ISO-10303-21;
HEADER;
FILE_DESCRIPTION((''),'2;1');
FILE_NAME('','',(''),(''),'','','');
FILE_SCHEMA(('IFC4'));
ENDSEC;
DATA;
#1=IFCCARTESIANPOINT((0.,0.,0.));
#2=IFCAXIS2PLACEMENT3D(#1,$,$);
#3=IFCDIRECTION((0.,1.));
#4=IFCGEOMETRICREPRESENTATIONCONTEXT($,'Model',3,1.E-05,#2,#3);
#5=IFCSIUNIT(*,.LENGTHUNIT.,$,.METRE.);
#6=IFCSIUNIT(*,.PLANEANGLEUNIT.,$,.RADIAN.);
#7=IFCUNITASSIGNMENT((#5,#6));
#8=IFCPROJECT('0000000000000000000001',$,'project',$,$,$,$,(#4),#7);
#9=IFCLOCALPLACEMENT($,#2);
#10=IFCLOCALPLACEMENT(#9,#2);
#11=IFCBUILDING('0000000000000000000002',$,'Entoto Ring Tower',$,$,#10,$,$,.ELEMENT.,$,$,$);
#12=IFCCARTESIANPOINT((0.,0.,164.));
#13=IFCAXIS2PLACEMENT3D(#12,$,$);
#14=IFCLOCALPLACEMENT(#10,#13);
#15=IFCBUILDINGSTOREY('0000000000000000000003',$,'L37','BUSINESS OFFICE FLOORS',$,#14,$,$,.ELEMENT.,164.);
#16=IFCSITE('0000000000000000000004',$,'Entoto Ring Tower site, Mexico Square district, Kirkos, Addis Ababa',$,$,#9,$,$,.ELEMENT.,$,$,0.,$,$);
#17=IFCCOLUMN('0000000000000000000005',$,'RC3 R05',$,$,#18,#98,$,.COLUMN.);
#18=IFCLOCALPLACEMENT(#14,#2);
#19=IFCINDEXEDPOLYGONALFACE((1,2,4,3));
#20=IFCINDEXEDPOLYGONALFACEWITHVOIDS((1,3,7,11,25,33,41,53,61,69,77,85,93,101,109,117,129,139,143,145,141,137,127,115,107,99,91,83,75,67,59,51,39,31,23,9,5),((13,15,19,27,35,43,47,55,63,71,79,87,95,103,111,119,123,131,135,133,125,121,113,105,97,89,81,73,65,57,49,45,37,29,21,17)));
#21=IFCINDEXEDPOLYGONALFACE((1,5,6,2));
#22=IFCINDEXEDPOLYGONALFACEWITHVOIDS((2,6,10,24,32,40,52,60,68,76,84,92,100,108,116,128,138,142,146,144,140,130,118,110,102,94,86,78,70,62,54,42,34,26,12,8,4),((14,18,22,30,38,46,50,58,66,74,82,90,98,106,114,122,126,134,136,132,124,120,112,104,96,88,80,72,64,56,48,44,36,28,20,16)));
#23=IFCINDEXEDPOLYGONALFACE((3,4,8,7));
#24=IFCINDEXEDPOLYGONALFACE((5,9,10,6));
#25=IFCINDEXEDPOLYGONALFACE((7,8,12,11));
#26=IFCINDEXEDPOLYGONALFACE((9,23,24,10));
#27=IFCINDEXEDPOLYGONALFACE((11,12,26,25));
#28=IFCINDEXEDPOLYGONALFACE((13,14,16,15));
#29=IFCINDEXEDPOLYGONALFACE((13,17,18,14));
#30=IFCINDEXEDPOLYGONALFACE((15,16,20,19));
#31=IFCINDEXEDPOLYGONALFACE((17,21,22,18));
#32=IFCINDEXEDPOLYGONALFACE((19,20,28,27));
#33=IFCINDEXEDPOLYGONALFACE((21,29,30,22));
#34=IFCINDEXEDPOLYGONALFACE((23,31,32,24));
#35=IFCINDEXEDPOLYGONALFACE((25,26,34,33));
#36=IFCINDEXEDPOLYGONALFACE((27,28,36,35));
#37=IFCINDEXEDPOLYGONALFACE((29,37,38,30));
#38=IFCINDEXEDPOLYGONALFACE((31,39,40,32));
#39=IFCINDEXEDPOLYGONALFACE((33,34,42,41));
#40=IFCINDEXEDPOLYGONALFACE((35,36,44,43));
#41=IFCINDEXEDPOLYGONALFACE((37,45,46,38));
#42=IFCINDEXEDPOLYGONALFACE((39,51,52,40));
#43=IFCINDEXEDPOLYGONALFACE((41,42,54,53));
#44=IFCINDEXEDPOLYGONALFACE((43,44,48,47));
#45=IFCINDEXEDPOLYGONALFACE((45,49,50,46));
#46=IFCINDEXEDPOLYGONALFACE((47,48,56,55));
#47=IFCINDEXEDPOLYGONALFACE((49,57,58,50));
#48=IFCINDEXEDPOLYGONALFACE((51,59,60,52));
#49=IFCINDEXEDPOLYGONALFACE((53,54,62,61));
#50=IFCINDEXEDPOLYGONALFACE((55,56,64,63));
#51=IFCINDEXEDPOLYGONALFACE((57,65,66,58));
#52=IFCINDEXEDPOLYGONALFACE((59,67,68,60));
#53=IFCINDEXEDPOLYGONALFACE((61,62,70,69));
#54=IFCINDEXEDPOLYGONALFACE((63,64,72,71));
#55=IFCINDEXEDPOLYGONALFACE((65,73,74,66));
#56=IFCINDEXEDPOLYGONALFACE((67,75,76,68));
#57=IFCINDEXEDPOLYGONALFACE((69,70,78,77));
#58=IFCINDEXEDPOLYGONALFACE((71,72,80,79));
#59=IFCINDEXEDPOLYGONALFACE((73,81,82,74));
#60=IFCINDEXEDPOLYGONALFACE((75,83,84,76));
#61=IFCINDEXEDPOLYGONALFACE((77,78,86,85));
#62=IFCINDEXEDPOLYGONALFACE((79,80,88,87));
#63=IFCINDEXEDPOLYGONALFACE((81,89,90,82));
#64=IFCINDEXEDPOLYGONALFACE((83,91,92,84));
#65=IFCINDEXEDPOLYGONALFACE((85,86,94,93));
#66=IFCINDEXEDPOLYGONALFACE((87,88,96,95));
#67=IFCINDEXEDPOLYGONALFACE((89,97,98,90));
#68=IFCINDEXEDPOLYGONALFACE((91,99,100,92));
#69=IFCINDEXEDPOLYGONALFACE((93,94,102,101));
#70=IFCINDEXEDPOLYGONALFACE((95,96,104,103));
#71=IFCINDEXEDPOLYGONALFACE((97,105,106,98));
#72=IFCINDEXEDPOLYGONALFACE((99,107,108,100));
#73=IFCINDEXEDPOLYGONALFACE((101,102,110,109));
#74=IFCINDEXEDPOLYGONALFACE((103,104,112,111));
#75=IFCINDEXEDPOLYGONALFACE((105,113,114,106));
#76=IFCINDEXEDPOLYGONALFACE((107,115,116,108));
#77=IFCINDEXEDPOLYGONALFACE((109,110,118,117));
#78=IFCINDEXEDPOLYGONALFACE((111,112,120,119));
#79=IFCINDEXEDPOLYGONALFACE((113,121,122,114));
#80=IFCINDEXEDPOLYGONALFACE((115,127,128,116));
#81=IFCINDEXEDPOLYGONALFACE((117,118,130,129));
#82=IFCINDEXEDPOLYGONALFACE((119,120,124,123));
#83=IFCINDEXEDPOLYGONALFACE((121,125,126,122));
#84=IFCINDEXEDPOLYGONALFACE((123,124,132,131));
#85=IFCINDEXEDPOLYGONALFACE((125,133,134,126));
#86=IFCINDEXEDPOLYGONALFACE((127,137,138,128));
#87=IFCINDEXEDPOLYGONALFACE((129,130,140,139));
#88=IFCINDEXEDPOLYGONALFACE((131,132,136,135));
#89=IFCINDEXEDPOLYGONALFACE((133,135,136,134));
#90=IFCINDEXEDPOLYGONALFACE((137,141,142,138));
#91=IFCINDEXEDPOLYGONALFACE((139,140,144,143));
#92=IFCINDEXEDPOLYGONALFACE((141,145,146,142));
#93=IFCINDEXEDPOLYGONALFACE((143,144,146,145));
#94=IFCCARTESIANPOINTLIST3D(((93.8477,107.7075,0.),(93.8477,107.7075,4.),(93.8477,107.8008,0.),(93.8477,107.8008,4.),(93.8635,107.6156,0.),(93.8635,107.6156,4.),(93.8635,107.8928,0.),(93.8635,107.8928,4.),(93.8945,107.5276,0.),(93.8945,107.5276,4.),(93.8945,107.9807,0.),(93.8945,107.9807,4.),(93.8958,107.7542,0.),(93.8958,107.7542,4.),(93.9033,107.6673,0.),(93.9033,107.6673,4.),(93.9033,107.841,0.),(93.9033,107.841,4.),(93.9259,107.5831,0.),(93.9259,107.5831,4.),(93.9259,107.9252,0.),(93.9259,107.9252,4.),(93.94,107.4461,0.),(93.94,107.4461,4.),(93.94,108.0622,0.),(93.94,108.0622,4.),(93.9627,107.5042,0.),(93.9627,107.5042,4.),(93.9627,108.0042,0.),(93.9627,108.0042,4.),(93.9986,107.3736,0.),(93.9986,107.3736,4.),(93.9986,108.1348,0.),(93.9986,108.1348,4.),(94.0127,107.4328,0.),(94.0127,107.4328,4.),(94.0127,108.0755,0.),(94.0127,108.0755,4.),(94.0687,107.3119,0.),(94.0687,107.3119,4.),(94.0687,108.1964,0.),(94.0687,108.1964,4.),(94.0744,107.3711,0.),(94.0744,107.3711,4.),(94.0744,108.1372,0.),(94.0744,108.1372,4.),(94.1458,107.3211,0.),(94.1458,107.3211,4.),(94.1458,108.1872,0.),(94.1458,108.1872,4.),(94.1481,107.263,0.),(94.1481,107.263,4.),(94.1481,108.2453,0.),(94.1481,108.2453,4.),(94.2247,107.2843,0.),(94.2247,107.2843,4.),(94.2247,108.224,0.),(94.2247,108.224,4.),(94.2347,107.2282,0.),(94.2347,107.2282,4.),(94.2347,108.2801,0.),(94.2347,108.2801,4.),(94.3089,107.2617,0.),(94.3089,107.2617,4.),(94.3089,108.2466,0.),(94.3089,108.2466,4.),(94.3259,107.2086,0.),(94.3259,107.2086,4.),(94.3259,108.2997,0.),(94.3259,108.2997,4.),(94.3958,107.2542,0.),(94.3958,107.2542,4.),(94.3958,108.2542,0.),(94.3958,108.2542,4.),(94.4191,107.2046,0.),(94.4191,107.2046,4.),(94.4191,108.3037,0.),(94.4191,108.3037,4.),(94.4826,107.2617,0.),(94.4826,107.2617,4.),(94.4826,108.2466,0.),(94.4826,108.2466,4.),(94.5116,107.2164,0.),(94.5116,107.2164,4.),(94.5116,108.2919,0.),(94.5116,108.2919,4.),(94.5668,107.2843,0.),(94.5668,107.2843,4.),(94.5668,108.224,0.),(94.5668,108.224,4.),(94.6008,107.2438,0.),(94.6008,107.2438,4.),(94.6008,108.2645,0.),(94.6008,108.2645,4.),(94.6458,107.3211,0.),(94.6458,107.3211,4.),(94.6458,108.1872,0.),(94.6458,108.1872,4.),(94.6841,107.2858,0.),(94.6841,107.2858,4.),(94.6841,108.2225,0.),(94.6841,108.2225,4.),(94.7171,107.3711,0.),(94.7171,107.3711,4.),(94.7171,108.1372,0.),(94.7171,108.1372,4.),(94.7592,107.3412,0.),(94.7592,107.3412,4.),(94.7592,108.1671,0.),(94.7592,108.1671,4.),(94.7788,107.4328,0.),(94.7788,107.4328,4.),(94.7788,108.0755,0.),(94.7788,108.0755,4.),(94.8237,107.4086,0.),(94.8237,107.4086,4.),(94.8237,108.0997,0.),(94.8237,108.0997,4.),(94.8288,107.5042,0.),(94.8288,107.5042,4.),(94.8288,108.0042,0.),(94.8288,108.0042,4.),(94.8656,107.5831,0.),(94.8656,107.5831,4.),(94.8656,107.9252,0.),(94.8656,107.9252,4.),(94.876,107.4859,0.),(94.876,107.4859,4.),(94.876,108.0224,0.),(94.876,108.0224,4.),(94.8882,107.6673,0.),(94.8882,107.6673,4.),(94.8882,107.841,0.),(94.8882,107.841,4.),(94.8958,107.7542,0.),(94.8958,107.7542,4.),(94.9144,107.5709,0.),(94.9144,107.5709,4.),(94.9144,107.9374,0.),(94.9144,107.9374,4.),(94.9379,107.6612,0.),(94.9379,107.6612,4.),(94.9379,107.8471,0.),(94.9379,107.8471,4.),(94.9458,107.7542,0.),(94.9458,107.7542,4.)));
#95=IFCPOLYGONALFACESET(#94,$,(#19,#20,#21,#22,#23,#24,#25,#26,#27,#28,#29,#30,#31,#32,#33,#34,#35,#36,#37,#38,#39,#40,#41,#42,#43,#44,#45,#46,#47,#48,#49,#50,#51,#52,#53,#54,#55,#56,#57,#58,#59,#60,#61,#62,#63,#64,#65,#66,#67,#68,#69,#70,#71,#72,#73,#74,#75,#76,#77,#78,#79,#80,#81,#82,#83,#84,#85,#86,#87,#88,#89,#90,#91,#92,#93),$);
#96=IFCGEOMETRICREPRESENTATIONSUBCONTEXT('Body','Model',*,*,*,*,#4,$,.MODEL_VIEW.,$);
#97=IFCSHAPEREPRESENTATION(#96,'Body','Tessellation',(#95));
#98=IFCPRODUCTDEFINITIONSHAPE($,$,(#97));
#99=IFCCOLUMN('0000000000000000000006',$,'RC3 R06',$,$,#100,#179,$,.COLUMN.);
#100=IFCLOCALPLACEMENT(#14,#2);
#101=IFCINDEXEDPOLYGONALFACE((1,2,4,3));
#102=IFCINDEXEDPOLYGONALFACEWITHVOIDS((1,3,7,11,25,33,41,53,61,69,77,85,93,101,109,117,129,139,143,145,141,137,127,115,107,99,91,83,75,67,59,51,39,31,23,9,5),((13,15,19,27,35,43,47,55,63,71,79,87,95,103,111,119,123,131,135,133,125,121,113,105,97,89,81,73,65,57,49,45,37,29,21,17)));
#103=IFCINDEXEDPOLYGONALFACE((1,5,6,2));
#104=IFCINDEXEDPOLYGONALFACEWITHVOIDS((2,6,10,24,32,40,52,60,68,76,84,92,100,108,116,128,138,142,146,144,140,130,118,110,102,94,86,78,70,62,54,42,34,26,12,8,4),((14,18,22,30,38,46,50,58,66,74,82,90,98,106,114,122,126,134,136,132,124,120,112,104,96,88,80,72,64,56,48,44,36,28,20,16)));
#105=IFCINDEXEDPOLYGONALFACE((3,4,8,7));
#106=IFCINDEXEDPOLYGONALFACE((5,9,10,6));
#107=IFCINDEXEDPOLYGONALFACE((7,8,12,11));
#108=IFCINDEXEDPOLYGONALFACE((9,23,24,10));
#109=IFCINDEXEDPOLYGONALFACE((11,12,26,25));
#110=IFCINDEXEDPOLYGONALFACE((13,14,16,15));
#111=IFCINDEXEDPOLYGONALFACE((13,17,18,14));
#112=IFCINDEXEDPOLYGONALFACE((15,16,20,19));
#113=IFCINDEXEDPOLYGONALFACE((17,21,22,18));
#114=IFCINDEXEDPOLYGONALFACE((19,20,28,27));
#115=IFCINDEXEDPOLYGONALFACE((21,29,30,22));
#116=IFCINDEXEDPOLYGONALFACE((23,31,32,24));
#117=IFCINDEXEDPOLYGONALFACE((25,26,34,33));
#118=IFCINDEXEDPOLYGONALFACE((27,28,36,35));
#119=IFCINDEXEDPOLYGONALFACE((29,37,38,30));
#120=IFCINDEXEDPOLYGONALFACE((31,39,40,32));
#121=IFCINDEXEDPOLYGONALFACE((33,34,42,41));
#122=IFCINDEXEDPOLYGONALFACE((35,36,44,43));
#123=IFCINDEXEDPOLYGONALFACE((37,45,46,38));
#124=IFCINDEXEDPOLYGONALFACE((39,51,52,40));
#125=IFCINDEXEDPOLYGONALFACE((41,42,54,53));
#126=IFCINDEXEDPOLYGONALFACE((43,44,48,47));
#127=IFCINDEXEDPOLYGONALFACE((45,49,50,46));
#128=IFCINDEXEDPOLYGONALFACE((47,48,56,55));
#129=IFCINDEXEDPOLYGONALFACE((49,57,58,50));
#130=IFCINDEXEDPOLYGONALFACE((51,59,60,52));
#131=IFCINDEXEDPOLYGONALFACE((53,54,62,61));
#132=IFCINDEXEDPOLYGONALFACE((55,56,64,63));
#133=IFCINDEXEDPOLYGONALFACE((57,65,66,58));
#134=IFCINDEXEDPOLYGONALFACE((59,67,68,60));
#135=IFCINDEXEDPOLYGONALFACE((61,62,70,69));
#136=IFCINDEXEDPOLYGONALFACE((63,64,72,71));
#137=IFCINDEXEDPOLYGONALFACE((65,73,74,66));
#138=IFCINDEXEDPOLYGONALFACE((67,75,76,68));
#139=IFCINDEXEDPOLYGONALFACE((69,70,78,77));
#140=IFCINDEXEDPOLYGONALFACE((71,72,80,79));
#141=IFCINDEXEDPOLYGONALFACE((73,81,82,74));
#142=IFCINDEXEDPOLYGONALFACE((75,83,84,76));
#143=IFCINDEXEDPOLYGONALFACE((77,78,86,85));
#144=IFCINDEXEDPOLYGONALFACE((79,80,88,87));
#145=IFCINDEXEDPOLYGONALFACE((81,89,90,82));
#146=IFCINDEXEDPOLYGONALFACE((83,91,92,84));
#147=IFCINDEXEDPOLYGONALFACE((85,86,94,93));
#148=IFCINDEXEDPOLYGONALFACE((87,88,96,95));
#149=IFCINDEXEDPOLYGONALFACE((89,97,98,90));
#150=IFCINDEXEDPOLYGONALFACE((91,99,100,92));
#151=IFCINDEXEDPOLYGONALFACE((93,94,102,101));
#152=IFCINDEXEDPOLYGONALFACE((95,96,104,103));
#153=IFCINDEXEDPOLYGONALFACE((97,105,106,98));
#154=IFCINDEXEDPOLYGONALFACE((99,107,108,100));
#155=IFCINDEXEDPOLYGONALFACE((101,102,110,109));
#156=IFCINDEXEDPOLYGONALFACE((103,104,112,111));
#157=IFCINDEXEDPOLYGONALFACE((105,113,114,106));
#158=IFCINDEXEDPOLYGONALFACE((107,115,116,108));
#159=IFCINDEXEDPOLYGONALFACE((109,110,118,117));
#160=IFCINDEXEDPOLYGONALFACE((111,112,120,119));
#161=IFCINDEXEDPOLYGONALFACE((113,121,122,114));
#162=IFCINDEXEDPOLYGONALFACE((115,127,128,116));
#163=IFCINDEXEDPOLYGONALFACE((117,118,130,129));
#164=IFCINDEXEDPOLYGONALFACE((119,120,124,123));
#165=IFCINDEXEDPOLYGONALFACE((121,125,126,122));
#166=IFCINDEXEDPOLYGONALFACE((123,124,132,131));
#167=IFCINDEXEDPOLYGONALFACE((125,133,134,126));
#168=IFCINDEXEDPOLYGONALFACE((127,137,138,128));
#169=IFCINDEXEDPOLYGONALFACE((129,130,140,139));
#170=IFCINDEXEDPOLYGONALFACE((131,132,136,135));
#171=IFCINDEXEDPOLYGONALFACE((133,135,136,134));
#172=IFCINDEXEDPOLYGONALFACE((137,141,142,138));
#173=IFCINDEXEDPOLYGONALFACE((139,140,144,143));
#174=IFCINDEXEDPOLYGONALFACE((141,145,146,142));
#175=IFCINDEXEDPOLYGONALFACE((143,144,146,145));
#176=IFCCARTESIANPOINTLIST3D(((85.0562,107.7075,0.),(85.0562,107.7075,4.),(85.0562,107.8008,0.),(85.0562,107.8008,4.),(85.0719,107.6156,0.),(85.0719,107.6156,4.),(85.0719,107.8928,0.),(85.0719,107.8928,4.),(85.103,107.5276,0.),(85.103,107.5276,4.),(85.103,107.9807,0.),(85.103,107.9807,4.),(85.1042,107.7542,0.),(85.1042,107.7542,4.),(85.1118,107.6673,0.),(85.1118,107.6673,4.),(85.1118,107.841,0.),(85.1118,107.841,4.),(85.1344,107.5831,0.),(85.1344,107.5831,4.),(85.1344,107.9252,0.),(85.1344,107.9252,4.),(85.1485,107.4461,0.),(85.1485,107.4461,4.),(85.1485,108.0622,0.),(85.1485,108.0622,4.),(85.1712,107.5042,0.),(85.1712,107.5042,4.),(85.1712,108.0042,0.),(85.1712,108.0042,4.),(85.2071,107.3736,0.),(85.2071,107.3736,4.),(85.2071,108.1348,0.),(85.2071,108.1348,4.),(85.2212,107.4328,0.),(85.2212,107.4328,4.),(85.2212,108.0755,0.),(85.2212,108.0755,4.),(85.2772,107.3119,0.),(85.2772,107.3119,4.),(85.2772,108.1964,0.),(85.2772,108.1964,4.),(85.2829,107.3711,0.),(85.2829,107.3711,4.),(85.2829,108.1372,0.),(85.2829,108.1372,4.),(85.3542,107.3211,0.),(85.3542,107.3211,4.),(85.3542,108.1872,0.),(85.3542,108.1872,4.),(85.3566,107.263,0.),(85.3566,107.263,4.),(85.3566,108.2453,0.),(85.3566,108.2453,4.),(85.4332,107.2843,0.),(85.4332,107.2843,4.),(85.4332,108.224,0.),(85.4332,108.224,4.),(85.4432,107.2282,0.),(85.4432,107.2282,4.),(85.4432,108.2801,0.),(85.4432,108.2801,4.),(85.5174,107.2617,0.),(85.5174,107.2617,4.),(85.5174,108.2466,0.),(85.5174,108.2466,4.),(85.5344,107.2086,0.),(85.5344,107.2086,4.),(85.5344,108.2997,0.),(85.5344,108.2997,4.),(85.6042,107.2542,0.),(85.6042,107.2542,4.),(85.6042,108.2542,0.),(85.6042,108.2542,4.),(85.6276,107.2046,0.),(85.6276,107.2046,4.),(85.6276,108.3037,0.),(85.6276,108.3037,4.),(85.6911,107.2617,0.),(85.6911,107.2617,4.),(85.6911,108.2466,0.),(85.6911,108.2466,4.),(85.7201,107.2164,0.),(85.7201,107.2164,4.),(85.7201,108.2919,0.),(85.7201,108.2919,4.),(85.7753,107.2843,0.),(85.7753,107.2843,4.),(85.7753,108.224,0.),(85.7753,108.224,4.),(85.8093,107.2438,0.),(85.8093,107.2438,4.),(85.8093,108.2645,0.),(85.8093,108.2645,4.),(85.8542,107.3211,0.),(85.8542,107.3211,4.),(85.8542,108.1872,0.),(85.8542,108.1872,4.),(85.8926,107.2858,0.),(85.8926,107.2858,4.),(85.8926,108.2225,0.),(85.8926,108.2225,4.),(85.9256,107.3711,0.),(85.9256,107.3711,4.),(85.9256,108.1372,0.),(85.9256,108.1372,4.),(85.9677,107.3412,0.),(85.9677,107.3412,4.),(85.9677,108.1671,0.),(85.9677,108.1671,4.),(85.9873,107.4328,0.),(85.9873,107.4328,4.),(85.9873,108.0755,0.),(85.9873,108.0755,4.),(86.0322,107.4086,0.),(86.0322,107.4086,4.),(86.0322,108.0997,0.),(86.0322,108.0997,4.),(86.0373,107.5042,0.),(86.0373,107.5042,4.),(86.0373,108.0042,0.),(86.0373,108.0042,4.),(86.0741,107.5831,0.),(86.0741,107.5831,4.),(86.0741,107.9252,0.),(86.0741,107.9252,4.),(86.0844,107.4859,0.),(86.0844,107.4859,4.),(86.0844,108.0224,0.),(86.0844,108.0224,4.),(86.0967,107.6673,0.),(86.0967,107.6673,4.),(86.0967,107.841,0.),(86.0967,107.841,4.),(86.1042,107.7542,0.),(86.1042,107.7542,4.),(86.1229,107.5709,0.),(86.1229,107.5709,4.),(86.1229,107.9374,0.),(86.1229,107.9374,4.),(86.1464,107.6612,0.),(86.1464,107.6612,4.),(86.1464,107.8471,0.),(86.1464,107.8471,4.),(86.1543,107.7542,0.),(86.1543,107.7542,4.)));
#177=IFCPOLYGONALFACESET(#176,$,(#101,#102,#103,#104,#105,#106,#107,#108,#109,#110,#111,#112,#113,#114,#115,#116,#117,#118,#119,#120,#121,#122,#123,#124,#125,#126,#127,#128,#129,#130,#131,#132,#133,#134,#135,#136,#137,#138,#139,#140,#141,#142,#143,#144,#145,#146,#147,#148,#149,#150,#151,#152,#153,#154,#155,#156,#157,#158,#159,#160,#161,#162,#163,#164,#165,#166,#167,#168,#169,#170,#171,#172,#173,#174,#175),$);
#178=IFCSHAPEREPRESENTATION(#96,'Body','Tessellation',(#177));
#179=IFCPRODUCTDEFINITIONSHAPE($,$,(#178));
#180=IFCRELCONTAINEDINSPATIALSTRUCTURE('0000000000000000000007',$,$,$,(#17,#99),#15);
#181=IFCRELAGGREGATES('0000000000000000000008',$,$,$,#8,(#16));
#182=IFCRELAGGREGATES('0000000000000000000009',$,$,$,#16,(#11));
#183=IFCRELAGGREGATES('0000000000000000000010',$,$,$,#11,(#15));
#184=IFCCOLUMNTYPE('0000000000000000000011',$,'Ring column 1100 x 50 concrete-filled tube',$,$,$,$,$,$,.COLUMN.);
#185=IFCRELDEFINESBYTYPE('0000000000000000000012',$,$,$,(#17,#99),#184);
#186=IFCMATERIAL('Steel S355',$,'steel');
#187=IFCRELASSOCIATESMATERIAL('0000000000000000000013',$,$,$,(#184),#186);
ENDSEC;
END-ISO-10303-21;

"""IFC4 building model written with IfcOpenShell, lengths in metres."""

from ifc_helpers import new_model, si_unit, direction, frame, origin, origin_2d, place, context, subcontext, project, spatial, circle, hollow_circle, extrude, material, material_profile, profile_set, type_object, element, save


model = new_model("IFC4")

# Units and contexts
model_context = context("Model", 3, precision=1e-05, world=origin(), true_north=direction((0.0, 1.0)))
body_context = subcontext(model_context, "Body", "Model", "MODEL_VIEW")
ifc_project = project(units=[si_unit("LENGTHUNIT", "METRE"), si_unit("PLANEANGLEUNIT", "RADIAN")], contexts=[model_context])

# Site, building, storey
site_placement = place(None, origin())
site = spatial("IfcSite", under=ifc_project, at=site_placement, Name="Entoto Ring Tower site, Mexico Square district, Kirkos, Addis Ababa", CompositionType="ELEMENT", RefElevation=0.0)
building_placement = place(site_placement, origin())
building = spatial("IfcBuilding", under=site, at=building_placement, Name="Entoto Ring Tower", CompositionType="ELEMENT")
storey_placement = place(building_placement, frame((0.0, 0.0, 164.0)))
storey = spatial("IfcBuildingStorey", under=building, at=storey_placement, Name="L37", Description="BUSINESS OFFICE FLOORS", CompositionType="ELEMENT", Elevation=164.0)

# Columns
ifc_material_1 = material(Name="Steel S355", Category="steel")
ifc_material_profile_1 = material_profile(ifc_material_1, hollow_circle(Radius=0.55, WallThickness=0.05, at=origin_2d()), Name="CHS 1100 x 50")
ifc_material_2 = material(Name="Concrete C60/75", Category="concrete")
ifc_material_profile_2 = material_profile(ifc_material_2, circle(Radius=0.5, at=origin_2d()), Name="Concrete C60/75 infill")
ifc_profile_set_1 = profile_set([ifc_material_profile_1, ifc_material_profile_2], Name="Steel S355")
column_type = type_object("IfcColumnType", Name="Ring column 1100 x 50 concrete-filled tube", PredefinedType="COLUMN", material=ifc_profile_set_1)
for number, where, z_axis, x_axis, name in (
    (1, (94.3958, 107.7542, 0.0), (0.0, 0.0, 1.0), (1.0, 0.0, 0.0), "RC3 R05"),
    (2, (85.6042, 107.7542, 0.0), (0.0, 0.0, 1.0), (1.0, 0.0, 0.0), "RC3 R06"),
):
    element("IfcColumn", number, at=place(storey_placement, frame(where, z_axis=z_axis, x_axis=x_axis)), inside=storey, type_object=column_type, Name=name, PredefinedType="COLUMN", context=body_context, shape_type="SweptSolid", body=[
        extrude(hollow_circle(Radius=0.55, WallThickness=0.05, at=origin_2d()), origin(), (0.0, 0.0, 1.0), 4.0),
    ])

save(model, "model.ifc")
